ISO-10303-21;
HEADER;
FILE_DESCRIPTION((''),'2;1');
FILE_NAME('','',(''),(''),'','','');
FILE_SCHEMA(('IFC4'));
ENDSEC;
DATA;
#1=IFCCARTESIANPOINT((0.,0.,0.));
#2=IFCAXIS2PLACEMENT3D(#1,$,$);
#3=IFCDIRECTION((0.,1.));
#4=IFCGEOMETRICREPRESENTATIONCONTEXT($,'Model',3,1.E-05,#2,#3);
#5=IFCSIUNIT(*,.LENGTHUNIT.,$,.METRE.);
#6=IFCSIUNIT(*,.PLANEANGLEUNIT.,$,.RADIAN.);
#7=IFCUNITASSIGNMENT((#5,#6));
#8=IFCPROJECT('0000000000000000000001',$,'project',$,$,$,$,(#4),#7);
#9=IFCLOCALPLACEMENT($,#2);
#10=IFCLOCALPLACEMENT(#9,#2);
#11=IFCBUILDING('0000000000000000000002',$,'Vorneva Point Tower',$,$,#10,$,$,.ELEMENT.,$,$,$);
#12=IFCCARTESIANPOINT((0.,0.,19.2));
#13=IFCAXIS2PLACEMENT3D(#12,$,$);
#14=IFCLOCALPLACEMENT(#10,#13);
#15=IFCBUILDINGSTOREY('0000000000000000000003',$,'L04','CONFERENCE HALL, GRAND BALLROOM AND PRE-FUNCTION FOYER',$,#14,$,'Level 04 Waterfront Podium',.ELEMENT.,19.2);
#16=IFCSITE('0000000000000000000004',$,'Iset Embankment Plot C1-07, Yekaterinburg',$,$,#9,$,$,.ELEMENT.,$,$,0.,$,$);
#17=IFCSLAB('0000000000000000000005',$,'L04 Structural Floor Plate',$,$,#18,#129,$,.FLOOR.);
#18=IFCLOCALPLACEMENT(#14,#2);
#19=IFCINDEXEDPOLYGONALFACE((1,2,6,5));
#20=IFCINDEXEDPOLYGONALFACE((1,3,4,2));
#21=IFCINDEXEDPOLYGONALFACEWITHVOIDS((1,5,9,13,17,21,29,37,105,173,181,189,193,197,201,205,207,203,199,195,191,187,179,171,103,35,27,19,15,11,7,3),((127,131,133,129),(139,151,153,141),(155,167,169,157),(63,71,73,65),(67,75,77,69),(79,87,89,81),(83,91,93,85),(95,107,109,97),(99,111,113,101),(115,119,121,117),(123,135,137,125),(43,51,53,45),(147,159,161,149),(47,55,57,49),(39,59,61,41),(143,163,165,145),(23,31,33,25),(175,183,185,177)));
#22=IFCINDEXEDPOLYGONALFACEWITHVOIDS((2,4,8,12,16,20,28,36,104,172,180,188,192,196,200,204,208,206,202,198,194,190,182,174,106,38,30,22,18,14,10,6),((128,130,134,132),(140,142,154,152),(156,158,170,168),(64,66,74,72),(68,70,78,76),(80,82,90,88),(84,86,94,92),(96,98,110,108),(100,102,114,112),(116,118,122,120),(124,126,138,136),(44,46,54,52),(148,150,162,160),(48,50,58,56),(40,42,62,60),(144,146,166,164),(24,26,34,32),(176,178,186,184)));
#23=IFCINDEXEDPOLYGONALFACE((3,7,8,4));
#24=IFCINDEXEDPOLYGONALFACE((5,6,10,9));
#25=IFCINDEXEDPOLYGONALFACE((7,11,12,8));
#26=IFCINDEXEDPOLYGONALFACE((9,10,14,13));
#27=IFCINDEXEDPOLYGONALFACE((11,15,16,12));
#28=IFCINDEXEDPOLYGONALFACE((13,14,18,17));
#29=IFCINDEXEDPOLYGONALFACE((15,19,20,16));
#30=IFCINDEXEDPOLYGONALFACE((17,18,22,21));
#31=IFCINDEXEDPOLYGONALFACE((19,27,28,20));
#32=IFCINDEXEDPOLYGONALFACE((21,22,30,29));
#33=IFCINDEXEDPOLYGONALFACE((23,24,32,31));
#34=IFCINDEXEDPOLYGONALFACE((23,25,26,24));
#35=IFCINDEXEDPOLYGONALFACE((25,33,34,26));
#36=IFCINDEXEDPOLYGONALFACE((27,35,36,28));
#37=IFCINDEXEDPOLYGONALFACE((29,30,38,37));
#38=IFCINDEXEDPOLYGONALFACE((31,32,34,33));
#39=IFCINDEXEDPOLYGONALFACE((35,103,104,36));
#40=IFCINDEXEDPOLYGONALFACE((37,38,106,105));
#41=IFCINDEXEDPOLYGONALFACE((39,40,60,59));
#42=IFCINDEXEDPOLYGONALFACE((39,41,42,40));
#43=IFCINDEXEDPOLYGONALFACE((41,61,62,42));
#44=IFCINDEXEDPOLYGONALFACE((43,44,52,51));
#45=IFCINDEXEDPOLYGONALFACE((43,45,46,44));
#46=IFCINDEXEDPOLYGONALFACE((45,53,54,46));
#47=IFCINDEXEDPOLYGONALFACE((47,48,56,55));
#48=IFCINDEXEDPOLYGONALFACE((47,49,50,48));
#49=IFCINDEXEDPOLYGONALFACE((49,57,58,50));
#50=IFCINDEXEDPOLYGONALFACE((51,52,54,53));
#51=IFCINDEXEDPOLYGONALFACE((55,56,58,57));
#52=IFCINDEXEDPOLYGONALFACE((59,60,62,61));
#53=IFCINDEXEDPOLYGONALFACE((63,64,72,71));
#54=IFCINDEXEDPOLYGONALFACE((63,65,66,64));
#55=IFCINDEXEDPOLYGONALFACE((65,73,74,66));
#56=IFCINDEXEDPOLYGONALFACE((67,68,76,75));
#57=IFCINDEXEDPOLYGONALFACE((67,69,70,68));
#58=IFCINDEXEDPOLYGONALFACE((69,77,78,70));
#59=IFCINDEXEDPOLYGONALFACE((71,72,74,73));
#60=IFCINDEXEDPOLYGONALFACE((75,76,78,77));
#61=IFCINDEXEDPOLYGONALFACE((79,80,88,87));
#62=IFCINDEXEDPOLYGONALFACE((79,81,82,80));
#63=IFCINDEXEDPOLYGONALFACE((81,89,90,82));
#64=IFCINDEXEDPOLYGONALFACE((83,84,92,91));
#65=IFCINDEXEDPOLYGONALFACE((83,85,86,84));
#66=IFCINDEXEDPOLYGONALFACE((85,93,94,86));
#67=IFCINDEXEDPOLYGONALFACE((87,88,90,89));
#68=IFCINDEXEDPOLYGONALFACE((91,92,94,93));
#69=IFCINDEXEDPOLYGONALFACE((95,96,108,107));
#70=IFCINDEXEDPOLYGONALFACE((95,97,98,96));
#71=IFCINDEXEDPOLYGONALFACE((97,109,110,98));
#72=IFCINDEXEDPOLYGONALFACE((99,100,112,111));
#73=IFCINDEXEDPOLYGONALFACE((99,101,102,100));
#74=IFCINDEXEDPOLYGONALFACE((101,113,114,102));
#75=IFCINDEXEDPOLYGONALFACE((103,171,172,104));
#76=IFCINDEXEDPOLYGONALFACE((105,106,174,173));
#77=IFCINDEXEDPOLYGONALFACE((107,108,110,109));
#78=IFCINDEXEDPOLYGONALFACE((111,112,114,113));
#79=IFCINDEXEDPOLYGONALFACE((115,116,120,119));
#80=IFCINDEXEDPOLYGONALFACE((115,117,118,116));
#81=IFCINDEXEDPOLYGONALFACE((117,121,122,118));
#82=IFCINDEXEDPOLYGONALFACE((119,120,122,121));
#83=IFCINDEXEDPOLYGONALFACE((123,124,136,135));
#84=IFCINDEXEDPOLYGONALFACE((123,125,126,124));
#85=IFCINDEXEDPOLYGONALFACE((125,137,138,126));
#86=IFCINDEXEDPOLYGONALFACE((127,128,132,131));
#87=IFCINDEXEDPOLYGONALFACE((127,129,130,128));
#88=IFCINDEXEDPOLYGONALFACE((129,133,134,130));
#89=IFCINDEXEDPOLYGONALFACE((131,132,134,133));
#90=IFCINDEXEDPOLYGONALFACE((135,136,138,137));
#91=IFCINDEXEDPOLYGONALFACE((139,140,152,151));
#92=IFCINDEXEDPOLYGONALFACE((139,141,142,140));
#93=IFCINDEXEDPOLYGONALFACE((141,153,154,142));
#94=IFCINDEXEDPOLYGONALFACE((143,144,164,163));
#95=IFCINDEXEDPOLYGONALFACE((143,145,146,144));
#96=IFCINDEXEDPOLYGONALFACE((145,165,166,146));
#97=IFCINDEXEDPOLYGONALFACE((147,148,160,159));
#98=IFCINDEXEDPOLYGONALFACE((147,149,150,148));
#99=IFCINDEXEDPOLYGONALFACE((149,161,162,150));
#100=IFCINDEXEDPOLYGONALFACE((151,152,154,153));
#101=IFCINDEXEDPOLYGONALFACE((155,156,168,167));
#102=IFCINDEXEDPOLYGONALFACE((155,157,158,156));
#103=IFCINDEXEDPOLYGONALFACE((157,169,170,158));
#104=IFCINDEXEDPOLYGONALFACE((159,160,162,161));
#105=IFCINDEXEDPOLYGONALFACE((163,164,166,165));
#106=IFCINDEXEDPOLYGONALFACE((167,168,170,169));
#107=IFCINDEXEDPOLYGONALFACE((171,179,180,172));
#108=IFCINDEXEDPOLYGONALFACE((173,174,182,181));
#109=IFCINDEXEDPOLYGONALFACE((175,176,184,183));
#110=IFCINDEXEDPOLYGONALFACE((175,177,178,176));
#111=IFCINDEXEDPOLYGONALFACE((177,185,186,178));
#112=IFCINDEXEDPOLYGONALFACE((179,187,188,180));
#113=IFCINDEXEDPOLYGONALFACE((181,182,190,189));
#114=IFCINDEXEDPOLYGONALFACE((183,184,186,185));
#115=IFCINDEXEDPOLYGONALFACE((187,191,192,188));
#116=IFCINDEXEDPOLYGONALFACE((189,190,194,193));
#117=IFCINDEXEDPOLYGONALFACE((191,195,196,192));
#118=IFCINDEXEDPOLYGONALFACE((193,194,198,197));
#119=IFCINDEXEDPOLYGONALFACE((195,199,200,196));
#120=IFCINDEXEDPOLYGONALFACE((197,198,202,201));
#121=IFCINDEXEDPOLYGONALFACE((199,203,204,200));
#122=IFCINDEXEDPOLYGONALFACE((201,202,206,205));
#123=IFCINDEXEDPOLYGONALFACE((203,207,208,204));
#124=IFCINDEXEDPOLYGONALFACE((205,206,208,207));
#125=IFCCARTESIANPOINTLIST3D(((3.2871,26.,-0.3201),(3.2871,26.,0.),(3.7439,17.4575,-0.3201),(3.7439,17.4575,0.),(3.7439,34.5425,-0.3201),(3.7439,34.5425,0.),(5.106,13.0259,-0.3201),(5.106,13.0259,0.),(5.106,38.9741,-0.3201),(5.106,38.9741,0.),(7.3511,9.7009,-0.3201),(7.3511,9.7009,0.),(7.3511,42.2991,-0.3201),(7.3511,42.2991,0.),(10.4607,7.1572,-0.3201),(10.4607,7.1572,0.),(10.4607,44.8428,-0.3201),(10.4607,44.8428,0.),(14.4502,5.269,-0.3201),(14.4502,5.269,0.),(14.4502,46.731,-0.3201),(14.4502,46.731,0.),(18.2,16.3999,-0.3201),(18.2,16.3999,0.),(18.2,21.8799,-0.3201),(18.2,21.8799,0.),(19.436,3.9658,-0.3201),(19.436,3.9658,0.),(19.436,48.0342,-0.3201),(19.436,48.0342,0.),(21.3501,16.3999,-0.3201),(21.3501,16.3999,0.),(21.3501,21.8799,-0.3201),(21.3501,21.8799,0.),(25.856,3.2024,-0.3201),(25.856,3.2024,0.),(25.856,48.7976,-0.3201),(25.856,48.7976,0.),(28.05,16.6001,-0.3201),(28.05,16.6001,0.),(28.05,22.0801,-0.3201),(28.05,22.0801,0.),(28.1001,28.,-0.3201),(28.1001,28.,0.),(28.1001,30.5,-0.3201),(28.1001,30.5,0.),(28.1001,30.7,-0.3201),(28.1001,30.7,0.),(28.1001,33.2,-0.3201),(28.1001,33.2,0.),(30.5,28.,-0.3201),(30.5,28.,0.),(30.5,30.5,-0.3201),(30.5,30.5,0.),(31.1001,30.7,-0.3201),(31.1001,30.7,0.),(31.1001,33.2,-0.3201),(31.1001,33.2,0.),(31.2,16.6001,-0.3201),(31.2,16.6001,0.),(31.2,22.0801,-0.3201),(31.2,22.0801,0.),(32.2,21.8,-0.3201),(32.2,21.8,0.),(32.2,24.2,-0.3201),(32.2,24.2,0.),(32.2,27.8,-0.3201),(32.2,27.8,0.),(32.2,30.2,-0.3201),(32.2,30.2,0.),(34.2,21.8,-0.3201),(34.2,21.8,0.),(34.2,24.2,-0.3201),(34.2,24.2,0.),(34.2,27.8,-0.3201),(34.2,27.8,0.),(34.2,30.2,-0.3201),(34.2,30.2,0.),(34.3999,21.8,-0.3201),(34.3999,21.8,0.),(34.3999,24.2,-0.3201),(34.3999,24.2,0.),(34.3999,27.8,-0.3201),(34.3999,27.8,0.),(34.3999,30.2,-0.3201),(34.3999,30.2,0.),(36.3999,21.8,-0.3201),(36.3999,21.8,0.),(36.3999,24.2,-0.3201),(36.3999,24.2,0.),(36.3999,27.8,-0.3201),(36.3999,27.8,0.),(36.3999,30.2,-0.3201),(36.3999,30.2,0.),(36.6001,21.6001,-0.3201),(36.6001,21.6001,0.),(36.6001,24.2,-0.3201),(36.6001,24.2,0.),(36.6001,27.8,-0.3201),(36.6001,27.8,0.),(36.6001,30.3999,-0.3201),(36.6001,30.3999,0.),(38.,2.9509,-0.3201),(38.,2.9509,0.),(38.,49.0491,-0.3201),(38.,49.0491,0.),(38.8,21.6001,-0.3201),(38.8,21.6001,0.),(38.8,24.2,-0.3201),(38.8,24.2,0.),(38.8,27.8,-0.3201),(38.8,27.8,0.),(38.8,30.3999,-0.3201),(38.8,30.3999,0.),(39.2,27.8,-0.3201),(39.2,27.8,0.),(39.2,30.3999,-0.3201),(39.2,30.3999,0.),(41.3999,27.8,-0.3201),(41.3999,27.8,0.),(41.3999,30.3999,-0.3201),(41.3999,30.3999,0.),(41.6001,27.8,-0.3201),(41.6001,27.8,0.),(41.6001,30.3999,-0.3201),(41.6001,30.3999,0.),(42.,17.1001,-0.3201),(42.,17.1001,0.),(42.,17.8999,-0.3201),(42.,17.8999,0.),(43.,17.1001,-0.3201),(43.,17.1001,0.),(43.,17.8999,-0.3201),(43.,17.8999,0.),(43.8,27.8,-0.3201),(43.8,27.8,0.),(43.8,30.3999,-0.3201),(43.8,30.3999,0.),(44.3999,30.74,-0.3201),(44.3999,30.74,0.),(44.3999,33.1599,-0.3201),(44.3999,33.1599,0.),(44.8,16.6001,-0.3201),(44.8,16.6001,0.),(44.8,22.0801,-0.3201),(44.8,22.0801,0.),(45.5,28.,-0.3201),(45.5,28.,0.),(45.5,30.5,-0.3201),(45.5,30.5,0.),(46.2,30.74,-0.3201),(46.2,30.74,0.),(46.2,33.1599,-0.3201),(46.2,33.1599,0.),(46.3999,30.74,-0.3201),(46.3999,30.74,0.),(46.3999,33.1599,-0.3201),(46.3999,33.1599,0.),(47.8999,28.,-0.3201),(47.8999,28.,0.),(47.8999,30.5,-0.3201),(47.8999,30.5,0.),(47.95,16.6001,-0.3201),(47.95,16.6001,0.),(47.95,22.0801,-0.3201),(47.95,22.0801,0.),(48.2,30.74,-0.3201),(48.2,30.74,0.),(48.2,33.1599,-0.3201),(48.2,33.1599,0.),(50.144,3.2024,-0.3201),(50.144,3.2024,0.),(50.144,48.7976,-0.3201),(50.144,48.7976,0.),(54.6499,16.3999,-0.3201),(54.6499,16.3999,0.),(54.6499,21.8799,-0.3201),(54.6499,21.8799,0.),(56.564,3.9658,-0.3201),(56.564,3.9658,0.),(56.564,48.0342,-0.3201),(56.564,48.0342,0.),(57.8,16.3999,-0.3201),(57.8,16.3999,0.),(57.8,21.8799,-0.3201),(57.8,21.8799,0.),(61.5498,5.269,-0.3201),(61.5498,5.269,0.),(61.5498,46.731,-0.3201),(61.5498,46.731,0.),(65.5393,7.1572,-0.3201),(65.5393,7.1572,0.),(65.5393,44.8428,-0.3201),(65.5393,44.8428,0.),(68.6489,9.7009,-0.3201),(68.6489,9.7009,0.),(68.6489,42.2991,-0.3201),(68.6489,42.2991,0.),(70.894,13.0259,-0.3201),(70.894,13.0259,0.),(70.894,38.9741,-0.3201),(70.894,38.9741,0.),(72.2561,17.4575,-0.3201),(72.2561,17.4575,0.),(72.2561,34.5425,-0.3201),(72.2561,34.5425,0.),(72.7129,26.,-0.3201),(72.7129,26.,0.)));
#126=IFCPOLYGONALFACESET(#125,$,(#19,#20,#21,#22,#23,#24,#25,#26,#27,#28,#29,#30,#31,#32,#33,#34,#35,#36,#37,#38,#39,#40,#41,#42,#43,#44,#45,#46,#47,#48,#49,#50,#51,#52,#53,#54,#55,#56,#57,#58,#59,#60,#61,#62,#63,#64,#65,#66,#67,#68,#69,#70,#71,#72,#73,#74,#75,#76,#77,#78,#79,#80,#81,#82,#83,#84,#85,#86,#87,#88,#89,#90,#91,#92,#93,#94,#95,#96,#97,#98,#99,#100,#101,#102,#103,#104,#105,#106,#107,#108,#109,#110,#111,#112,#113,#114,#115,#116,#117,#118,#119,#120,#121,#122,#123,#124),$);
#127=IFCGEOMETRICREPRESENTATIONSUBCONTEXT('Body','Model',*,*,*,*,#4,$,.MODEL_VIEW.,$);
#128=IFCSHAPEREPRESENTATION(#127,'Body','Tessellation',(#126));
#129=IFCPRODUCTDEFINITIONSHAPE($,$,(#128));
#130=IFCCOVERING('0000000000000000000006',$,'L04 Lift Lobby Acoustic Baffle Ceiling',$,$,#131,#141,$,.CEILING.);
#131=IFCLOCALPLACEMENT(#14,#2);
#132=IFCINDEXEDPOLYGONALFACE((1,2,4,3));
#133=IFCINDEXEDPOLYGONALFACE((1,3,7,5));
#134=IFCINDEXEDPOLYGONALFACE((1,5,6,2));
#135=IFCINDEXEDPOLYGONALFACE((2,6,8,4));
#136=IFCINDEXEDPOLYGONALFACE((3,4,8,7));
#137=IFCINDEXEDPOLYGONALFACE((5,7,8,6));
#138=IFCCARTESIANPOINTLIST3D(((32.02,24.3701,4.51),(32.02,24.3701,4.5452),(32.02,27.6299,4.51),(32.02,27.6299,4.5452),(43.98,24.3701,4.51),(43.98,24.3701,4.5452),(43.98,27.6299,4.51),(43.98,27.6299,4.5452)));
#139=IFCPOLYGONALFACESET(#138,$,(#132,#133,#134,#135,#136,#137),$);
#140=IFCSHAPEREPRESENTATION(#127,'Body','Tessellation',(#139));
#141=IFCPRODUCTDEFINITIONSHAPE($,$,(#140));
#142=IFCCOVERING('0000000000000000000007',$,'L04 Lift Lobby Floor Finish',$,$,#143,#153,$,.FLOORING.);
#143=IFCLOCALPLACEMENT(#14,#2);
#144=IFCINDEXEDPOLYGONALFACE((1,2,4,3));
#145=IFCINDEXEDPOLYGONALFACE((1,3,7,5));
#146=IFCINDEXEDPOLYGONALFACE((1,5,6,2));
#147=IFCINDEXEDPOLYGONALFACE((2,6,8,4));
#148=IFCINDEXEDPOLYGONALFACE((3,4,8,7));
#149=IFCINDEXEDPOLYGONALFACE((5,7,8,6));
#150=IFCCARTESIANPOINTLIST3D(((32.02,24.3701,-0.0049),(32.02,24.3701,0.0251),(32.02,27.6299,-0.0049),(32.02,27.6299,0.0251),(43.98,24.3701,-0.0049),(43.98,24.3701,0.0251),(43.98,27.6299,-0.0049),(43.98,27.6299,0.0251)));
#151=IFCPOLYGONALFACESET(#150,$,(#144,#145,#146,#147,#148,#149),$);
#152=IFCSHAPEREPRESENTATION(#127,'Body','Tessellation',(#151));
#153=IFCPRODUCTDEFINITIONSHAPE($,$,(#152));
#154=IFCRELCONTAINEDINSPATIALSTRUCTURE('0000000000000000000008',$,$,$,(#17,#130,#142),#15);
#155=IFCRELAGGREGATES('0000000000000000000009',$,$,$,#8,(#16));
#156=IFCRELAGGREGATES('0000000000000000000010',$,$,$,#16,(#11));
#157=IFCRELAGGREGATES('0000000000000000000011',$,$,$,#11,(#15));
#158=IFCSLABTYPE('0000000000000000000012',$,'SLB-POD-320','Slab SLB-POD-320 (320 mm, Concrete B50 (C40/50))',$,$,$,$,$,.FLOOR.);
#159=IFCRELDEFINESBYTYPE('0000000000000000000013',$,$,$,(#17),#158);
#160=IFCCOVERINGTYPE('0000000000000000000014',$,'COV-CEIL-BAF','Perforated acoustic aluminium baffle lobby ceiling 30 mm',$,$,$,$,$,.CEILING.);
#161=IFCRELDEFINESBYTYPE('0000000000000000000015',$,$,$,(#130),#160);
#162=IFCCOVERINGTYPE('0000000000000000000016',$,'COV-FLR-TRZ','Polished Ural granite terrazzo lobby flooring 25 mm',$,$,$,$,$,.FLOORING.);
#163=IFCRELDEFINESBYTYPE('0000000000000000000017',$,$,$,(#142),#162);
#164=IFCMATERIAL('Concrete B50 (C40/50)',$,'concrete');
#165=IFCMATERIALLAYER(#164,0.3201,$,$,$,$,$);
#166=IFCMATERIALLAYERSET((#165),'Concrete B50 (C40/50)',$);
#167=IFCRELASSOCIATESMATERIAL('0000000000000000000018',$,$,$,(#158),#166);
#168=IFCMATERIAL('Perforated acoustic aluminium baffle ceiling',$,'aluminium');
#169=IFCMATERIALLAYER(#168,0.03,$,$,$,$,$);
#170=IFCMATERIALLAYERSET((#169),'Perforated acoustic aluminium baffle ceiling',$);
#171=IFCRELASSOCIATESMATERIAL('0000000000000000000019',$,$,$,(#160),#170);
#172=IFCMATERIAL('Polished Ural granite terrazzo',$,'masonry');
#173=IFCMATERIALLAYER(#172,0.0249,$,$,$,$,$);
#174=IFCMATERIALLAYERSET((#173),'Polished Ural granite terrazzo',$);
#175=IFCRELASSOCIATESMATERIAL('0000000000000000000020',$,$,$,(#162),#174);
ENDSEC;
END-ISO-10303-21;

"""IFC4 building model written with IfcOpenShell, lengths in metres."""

from ifc_helpers import new_model, si_unit, direction, frame, origin, place, context, subcontext, project, spatial, polyline, outline, extrude, material, layer, layer_set, type_object, element, save


model = new_model("IFC4")

# Units and contexts
model_context = context("Model", 3, precision=1e-05, world=origin(), true_north=direction((0.0, 1.0)))
body_context = subcontext(model_context, "Body", "Model", "MODEL_VIEW")
ifc_project = project(units=[si_unit("LENGTHUNIT", "METRE"), si_unit("PLANEANGLEUNIT", "RADIAN")], contexts=[model_context])

# Site, building, storey
site_placement = place(None, origin())
site = spatial("IfcSite", under=ifc_project, at=site_placement, Name="Iset Embankment Plot C1-07, Yekaterinburg", CompositionType="ELEMENT", RefElevation=0.0)
building_placement = place(site_placement, origin())
building = spatial("IfcBuilding", under=site, at=building_placement, Name="Vorneva Point Tower", CompositionType="ELEMENT")
storey_placement = place(building_placement, frame((0.0, 0.0, 19.2)))
storey = spatial("IfcBuildingStorey", under=building, at=storey_placement, Name="L04", Description="CONFERENCE HALL, GRAND BALLROOM AND PRE-FUNCTION FOYER", LongName="Level 04 Waterfront Podium", CompositionType="ELEMENT", Elevation=19.2)

# Shared definitions
ifc_material_1 = material(Name="Concrete B50 (C40/50)", Category="concrete")

# Slab
ifc_layer_1 = layer(ifc_material_1, 0.3201)
ifc_layer_set_1 = layer_set([ifc_layer_1], Name="Concrete B50 (C40/50)")
slab_type_1 = type_object("IfcSlabType", Name="SLB-POD-320", Description="Slab SLB-POD-320 (320 mm, Concrete B50 (C40/50))", PredefinedType="FLOOR", material=ifc_layer_set_1)
slab_1_placement = place(storey_placement, frame((0.0, 0.0, -0.3201)))
element("IfcSlab", 1, at=slab_1_placement, inside=storey, type_object=slab_type_1, Name="L04 Structural Floor Plate", PredefinedType="FLOOR", context=body_context, shape_type="SweptSolid", body=[
    extrude(outline(polyline([(72.7129, 26.0), (72.2561, 34.5425), (70.894, 38.9741), (68.6489, 42.2991), (65.5393, 44.8428), (61.5498, 46.731), (56.564, 48.0342), (50.144, 48.7976), (38.0, 49.0491), (25.856, 48.7976), (19.436, 48.0342), (14.4502, 46.731), (10.4607, 44.8428), (7.3511, 42.2991), (5.106, 38.9741), (3.7439, 34.5425), (3.2871, 26.0), (3.7439, 17.4575), (5.106, 13.0259), (7.3511, 9.7009), (10.4607, 7.1572), (14.4502, 5.269), (19.436, 3.9658), (25.856, 3.2024), (38.0, 2.9509), (50.144, 3.2024), (56.564, 3.9658), (61.5498, 5.269), (65.5393, 7.1572), (68.6489, 9.7009), (70.894, 13.0259), (72.2561, 17.4575), (72.7129, 26.0)]), holes=[polyline([(32.2, 27.8), (34.2, 27.8), (34.2, 30.2), (32.2, 30.2), (32.2, 27.8)]), polyline([(34.3999, 27.8), (36.3999, 27.8), (36.3999, 30.2), (34.3999, 30.2), (34.3999, 27.8)]), polyline([(36.6001, 27.8), (38.8, 27.8), (38.8, 30.3999), (36.6001, 30.3999), (36.6001, 27.8)]), polyline([(32.2, 21.8), (34.2, 21.8), (34.2, 24.2), (32.2, 24.2), (32.2, 21.8)]), polyline([(34.3999, 21.8), (36.3999, 21.8), (36.3999, 24.2), (34.3999, 24.2), (34.3999, 21.8)]), polyline([(36.6001, 21.6001), (38.8, 21.6001), (38.8, 24.2), (36.6001, 24.2), (36.6001, 21.6001)]), polyline([(39.2, 27.8), (41.3999, 27.8), (41.3999, 30.3999), (39.2, 30.3999), (39.2, 27.8)]), polyline([(41.6001, 27.8), (43.8, 27.8), (43.8, 30.3999), (41.6001, 30.3999), (41.6001, 27.8)]), polyline([(44.3999, 30.74), (46.2, 30.74), (46.2, 33.1599), (44.3999, 33.1599), (44.3999, 30.74)]), polyline([(46.3999, 30.74), (48.2, 30.74), (48.2, 33.1599), (46.3999, 33.1599), (46.3999, 30.74)]), polyline([(28.1001, 28.0), (30.5, 28.0), (30.5, 30.5), (28.1001, 30.5), (28.1001, 28.0)]), polyline([(45.5, 28.0), (47.8999, 28.0), (47.8999, 30.5), (45.5, 30.5), (45.5, 28.0)]), polyline([(28.1001, 30.7), (31.1001, 30.7), (31.1001, 33.2), (28.1001, 33.2), (28.1001, 30.7)]), polyline([(28.05, 16.6001), (31.2, 16.6001), (31.2, 22.0801), (28.05, 22.0801), (28.05, 16.6001)]), polyline([(44.8, 16.6001), (47.95, 16.6001), (47.95, 22.0801), (44.8, 22.0801), (44.8, 16.6001)]), polyline([(18.2, 16.3999), (21.3501, 16.3999), (21.3501, 21.8799), (18.2, 21.8799), (18.2, 16.3999)]), polyline([(54.6499, 16.3999), (57.8, 16.3999), (57.8, 21.8799), (54.6499, 21.8799), (54.6499, 16.3999)]), polyline([(42.0, 17.1001), (43.0, 17.1001), (43.0, 17.8999), (42.0, 17.8999), (42.0, 17.1001)])]), origin(), (0.0, 0.0, 1.0), 0.3201),
])

# Coverings
ifc_material_2 = material(Name="Perforated acoustic aluminium baffle ceiling", Category="aluminium")
ifc_layer_2 = layer(ifc_material_2, 0.03)
ifc_layer_set_2 = layer_set([ifc_layer_2], Name="Perforated acoustic aluminium baffle ceiling")
covering_type_1 = type_object("IfcCoveringType", Name="COV-CEIL-BAF", Description="Perforated acoustic aluminium baffle lobby ceiling 30 mm", PredefinedType="CEILING", material=ifc_layer_set_2)
covering_1_placement = place(storey_placement, frame((0.0, 0.0, 4.51)))
element("IfcCovering", 2, at=covering_1_placement, inside=storey, type_object=covering_type_1, Name="L04 Lift Lobby Acoustic Baffle Ceiling", PredefinedType="CEILING", context=body_context, shape_type="SweptSolid", body=[
    extrude(outline(polyline([(32.02, 24.3701), (43.98, 24.3701), (43.98, 27.6299), (32.02, 27.6299), (32.02, 24.3701)])), origin(), (0.0, 0.0, 1.0), 0.0352),
])
ifc_material_3 = material(Name="Polished Ural granite terrazzo", Category="masonry")
ifc_layer_3 = layer(ifc_material_3, 0.0249)
ifc_layer_set_3 = layer_set([ifc_layer_3], Name="Polished Ural granite terrazzo")
covering_type_2 = type_object("IfcCoveringType", Name="COV-FLR-TRZ", Description="Polished Ural granite terrazzo lobby flooring 25 mm", PredefinedType="FLOORING", material=ifc_layer_set_3)
covering_2_placement = place(storey_placement, frame((0.0, 0.0, -0.0049)))
element("IfcCovering", 3, at=covering_2_placement, inside=storey, type_object=covering_type_2, Name="L04 Lift Lobby Floor Finish", PredefinedType="FLOORING", context=body_context, shape_type="SweptSolid", body=[
    extrude(outline(polyline([(32.02, 24.3701), (43.98, 24.3701), (43.98, 27.6299), (32.02, 27.6299), (32.02, 24.3701)])), origin(), (0.0, 0.0, 1.0), 0.03),
])

save(model, "model.ifc")
